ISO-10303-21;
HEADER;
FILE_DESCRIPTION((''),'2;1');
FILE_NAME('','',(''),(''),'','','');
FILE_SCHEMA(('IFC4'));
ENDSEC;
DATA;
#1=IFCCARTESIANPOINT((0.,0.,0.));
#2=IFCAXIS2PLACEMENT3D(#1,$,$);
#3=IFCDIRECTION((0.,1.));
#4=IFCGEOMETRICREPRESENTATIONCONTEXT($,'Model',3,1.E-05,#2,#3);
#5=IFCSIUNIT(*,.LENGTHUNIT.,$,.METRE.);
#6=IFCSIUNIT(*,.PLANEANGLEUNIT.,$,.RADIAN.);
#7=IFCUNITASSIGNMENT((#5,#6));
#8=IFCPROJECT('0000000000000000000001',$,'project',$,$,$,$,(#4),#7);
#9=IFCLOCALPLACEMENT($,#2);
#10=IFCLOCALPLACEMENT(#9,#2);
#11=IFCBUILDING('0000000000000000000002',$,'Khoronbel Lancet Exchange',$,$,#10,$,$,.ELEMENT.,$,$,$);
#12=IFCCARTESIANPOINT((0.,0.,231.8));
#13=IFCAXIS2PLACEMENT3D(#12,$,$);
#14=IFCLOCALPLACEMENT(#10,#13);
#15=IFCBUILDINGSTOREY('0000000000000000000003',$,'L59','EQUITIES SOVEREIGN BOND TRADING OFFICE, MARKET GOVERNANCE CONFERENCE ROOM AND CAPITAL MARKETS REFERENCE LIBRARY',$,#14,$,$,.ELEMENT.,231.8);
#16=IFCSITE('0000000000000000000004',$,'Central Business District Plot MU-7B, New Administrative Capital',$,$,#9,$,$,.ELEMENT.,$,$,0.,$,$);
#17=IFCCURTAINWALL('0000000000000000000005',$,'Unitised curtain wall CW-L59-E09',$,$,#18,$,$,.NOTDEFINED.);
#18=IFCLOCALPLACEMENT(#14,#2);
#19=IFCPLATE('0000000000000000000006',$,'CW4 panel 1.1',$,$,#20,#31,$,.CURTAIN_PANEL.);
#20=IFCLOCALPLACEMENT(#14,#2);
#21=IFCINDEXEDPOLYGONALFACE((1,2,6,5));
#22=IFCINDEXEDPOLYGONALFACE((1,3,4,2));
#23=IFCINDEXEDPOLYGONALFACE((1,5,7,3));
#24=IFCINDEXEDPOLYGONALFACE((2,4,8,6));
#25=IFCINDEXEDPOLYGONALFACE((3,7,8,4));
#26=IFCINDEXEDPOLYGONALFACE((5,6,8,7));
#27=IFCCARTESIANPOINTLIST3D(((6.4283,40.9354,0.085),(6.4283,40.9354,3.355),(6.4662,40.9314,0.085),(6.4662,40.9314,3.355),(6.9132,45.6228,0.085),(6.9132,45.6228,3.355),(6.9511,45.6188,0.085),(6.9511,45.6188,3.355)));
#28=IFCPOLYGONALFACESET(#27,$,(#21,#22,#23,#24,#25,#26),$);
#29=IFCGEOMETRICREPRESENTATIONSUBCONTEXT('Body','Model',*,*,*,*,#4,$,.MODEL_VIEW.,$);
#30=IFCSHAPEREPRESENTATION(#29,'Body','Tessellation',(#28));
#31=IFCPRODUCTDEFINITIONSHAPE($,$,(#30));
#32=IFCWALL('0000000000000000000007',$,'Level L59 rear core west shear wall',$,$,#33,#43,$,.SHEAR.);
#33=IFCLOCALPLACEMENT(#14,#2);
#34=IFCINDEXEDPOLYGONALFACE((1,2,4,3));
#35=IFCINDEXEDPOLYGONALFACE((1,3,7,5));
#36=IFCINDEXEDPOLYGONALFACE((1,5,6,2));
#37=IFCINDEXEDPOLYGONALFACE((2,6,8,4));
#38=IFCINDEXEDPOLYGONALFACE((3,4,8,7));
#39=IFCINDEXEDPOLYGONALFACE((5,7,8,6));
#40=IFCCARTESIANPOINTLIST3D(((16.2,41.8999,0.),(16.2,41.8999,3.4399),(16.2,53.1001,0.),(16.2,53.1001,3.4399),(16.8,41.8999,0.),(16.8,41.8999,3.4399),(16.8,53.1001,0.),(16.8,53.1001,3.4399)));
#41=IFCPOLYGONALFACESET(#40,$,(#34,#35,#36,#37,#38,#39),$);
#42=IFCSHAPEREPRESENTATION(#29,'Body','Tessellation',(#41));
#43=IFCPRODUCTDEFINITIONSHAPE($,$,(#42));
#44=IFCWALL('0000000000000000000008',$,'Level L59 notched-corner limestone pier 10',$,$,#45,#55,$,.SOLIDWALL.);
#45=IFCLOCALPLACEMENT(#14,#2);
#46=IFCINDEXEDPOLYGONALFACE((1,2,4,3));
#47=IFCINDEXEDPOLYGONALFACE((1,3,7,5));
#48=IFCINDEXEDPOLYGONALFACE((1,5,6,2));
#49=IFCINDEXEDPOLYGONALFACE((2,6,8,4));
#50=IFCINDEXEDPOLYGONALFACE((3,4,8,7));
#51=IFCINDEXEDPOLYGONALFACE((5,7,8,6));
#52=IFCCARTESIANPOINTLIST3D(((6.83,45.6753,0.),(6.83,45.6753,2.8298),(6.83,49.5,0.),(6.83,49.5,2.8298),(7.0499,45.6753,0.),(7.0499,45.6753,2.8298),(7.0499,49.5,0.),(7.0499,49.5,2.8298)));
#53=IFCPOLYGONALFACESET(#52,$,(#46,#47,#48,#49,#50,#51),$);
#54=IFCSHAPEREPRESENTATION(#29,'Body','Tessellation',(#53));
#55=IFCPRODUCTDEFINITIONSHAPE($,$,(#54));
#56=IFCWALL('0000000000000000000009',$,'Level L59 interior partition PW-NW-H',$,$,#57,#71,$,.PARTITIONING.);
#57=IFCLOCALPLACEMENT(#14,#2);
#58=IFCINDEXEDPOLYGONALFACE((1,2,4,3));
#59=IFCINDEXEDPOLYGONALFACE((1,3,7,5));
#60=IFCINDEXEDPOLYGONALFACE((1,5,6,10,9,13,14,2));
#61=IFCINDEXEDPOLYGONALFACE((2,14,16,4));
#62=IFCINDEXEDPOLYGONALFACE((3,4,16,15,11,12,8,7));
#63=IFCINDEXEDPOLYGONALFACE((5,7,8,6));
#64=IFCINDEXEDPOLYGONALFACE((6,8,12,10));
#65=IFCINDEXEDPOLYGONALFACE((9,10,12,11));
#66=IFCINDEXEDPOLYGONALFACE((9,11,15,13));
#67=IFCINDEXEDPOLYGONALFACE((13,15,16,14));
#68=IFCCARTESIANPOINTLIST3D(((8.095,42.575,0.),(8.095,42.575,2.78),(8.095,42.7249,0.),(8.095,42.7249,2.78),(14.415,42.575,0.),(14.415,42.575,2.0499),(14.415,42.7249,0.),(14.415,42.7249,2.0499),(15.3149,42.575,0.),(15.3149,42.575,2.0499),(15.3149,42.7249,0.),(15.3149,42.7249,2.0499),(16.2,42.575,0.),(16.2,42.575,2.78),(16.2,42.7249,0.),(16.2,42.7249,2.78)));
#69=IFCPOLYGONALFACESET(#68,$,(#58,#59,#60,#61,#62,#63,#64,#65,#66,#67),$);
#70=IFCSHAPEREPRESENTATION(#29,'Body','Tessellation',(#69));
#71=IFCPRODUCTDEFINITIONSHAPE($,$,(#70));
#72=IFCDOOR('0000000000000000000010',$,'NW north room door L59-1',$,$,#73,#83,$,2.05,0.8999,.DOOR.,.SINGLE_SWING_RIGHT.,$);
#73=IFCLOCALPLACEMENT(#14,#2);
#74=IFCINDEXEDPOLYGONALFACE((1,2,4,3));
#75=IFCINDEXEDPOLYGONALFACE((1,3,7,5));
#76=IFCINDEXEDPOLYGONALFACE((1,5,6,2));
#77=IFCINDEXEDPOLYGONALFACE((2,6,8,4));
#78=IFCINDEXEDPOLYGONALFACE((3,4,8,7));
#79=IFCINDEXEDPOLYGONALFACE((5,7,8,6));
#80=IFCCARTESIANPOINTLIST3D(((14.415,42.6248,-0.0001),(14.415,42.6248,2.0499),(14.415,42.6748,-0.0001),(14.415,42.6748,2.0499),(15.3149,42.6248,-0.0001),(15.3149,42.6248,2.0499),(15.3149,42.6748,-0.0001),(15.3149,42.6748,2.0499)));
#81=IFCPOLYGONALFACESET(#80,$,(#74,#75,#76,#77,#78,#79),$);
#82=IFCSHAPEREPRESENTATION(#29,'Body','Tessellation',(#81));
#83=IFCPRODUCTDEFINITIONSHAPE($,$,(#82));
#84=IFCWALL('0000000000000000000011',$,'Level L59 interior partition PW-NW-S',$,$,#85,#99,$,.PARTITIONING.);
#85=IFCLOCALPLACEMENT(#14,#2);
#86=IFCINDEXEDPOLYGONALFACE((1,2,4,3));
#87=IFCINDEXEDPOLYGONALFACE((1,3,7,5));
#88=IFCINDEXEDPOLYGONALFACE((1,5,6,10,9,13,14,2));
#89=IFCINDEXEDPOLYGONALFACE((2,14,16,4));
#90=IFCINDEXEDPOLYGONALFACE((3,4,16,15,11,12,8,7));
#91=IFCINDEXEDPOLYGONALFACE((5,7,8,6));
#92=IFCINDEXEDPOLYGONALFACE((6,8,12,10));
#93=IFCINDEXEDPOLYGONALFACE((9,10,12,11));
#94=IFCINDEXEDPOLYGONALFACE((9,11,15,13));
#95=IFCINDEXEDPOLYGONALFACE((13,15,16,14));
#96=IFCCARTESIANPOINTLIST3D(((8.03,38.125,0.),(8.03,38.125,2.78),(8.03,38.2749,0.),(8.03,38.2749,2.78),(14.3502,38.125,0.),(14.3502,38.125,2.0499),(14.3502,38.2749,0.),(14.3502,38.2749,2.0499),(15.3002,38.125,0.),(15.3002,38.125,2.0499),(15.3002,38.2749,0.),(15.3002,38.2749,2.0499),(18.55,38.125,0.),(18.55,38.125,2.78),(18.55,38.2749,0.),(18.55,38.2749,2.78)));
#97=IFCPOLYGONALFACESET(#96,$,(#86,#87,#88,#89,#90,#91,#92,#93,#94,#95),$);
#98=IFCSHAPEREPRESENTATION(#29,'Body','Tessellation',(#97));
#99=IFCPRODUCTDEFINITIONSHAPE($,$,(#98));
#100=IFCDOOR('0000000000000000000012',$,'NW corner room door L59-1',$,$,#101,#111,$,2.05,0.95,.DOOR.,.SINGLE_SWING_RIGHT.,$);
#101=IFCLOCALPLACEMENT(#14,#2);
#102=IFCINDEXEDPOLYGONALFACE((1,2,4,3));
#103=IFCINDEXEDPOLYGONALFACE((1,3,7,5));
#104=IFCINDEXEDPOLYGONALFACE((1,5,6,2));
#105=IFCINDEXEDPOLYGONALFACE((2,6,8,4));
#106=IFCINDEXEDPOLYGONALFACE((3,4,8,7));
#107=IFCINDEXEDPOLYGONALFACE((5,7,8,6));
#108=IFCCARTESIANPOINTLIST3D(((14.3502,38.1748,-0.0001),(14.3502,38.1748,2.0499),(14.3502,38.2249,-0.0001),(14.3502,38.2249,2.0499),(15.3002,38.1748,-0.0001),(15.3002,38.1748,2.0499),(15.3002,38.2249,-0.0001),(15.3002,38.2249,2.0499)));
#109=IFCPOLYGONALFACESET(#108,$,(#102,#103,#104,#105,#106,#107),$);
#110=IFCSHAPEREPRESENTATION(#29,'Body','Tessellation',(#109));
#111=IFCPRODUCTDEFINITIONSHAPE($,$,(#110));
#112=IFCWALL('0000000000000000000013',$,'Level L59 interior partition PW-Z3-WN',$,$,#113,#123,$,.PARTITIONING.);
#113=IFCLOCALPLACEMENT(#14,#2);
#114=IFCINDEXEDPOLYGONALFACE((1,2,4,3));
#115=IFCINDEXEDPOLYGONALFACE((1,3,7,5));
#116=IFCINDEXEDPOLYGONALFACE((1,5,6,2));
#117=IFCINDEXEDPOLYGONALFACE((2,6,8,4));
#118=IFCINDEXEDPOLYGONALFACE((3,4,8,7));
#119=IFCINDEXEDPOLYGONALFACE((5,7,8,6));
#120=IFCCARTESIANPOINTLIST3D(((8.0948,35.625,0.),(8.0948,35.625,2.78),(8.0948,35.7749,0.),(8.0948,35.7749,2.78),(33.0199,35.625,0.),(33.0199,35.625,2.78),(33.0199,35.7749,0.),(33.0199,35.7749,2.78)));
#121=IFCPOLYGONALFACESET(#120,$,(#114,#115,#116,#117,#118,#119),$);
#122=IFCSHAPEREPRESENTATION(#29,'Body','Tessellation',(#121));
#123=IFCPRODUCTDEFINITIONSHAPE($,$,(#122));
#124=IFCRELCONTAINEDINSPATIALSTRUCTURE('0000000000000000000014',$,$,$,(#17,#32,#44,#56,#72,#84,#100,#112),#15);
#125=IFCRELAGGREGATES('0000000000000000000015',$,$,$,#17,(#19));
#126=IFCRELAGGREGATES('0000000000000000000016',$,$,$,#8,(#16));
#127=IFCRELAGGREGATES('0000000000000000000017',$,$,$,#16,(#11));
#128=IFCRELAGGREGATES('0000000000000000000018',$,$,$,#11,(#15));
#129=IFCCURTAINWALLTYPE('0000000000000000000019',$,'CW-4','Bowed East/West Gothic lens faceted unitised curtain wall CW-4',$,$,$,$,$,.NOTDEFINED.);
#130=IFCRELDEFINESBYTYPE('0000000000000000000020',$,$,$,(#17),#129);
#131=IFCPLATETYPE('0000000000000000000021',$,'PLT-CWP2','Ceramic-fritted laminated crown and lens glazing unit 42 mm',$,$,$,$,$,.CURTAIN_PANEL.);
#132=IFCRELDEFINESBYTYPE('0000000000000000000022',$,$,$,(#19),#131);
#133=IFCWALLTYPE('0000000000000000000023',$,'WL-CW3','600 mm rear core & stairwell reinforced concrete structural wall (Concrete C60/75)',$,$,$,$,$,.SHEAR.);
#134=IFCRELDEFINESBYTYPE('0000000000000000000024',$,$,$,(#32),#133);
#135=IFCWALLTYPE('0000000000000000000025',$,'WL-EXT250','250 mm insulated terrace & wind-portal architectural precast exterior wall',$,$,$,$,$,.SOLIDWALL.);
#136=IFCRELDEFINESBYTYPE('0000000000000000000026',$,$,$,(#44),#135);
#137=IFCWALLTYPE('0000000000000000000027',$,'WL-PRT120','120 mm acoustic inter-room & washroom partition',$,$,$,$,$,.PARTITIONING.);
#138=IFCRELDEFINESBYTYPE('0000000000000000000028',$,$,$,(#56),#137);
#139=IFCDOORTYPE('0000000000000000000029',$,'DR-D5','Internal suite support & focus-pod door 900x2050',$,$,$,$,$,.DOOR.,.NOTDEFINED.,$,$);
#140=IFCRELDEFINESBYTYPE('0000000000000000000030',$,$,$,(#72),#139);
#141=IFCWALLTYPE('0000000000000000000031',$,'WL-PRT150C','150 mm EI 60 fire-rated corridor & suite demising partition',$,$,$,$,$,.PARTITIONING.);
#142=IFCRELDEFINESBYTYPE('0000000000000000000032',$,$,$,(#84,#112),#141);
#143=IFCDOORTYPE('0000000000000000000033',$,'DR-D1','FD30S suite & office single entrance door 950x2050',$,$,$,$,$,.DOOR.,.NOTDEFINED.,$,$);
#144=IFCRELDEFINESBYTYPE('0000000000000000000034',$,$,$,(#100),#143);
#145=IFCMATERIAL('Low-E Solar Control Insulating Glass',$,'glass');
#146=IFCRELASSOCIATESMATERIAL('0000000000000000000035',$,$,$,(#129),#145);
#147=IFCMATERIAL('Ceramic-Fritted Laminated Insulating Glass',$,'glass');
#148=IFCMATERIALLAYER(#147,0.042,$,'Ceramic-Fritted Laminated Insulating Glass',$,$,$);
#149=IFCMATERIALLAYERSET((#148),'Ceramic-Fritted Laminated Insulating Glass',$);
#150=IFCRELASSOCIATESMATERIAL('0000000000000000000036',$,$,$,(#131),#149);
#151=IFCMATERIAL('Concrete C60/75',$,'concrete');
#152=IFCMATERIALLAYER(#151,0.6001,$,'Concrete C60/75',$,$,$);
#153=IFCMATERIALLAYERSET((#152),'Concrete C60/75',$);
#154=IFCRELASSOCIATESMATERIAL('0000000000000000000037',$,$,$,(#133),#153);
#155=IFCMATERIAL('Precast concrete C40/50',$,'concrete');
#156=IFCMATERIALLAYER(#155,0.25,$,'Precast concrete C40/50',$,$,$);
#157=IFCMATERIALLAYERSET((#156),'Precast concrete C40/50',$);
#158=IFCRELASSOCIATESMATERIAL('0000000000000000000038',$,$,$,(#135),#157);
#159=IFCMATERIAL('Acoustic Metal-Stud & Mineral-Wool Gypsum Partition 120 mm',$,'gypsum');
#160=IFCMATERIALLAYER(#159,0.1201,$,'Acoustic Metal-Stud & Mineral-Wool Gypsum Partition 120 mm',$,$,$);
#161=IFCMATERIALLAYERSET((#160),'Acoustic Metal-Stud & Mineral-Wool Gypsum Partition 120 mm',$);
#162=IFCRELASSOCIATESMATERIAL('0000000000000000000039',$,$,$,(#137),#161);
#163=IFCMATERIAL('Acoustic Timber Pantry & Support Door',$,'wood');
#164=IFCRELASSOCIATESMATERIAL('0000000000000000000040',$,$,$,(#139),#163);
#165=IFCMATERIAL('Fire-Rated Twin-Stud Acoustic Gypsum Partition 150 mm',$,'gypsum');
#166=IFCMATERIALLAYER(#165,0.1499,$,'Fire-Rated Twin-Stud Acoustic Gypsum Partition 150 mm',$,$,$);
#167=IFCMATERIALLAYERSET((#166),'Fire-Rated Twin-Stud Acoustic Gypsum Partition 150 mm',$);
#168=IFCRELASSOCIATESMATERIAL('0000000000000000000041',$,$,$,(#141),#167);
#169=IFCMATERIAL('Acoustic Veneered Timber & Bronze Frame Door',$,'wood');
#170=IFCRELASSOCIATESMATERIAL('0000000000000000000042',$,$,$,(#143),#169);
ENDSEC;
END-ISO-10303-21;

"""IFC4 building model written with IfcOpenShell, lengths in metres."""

from ifc_helpers import new_model, si_unit, direction, frame, frame_2d, origin, origin_2d, place, context, subcontext, project, spatial, rectangle, extrude, material, layer, layer_set, type_object, element, fill, aggregate, save


model = new_model("IFC4")

# Units and contexts
model_context = context("Model", 3, precision=1e-05, world=origin(), true_north=direction((0.0, 1.0)))
body_context = subcontext(model_context, "Body", "Model", "MODEL_VIEW")
ifc_project = project(units=[si_unit("LENGTHUNIT", "METRE"), si_unit("PLANEANGLEUNIT", "RADIAN")], contexts=[model_context])

# Site, building, storey
site_placement = place(None, origin())
site = spatial("IfcSite", under=ifc_project, at=site_placement, Name="Central Business District Plot MU-7B, New Administrative Capital", CompositionType="ELEMENT", RefElevation=0.0)
building_placement = place(site_placement, origin())
building = spatial("IfcBuilding", under=site, at=building_placement, Name="Khoronbel Lancet Exchange", CompositionType="ELEMENT")
storey_placement = place(building_placement, frame((0.0, 0.0, 231.8)))
storey = spatial("IfcBuildingStorey", under=building, at=storey_placement, Name="L59", Description="EQUITIES SOVEREIGN BOND TRADING OFFICE, MARKET GOVERNANCE CONFERENCE ROOM AND CAPITAL MARKETS REFERENCE LIBRARY", CompositionType="ELEMENT", Elevation=231.8)

# Shared definitions
ifc_material_1 = material(Name="Low-E Solar Control Insulating Glass", Category="glass")
curtain_wall_type = type_object("IfcCurtainWallType", Name="CW-4", Description="Bowed East/West Gothic lens faceted unitised curtain wall CW-4", PredefinedType="NOTDEFINED", material=ifc_material_1)

# Curtain wall
curtain_wall_1_placement = place(storey_placement, origin())
curtain_wall_1 = element("IfcCurtainWall", 1, at=curtain_wall_1_placement, inside=storey, type_object=curtain_wall_type, Name="Unitised curtain wall CW-L59-E09", PredefinedType="NOTDEFINED")

# Plate
ifc_material_2 = material(Name="Ceramic-Fritted Laminated Insulating Glass", Category="glass")
ifc_layer_1 = layer(ifc_material_2, 0.042, Name="Ceramic-Fritted Laminated Insulating Glass")
ifc_layer_set_1 = layer_set([ifc_layer_1], Name="Ceramic-Fritted Laminated Insulating Glass")
plate_type_1 = type_object("IfcPlateType", Name="PLT-CWP2", Description="Ceramic-fritted laminated crown and lens glazing unit 42 mm", PredefinedType="CURTAIN_PANEL", material=ifc_layer_set_1)
plate_1_placement = place(storey_placement, frame((6.6897, 43.2771, 0.085), z_axis=(0.0, 0.0, 1.0), x_axis=(0.10291, 0.994691, 0.0)))
plate_1 = element("IfcPlate", 2, at=plate_1_placement, type_object=plate_type_1, Name="CW4 panel 1.1", PredefinedType="CURTAIN_PANEL", context=body_context, shape_type="SweptSolid", body=[
    extrude(rectangle(XDim=4.7124, YDim=0.0381, at=origin_2d()), origin(), (0.0, 0.0, 1.0), 3.27),
])
aggregate(curtain_wall_1, [plate_1])

# Walls
ifc_material_3 = material(Name="Concrete C60/75", Category="concrete")
ifc_layer_2 = layer(ifc_material_3, 0.6001, Name="Concrete C60/75")
ifc_layer_set_2 = layer_set([ifc_layer_2], Name="Concrete C60/75")
wall_type_1 = type_object("IfcWallType", Name="WL-CW3", Description="600 mm rear core & stairwell reinforced concrete structural wall (Concrete C60/75)", PredefinedType="SHEAR", material=ifc_layer_set_2)
wall_1_placement = place(storey_placement, frame((16.5, 41.8999, 0.0), z_axis=(0.0, 0.0, 1.0), x_axis=(0.0, 1.0, 0.0)))
element("IfcWall", 3, at=wall_1_placement, inside=storey, type_object=wall_type_1, Name="Level L59 rear core west shear wall", PredefinedType="SHEAR", context=body_context, shape_type="SweptSolid", body=[
    extrude(rectangle(XDim=11.2002, YDim=0.6001, at=frame_2d((5.6001, 0.0))), origin(), (0.0, 0.0, 1.0), 3.4399),
])
ifc_material_4 = material(Name="Precast concrete C40/50", Category="concrete")
ifc_layer_3 = layer(ifc_material_4, 0.25, Name="Precast concrete C40/50")
ifc_layer_set_3 = layer_set([ifc_layer_3], Name="Precast concrete C40/50")
wall_type_2 = type_object("IfcWallType", Name="WL-EXT250", Description="250 mm insulated terrace & wind-portal architectural precast exterior wall", PredefinedType="SOLIDWALL", material=ifc_layer_set_3)
wall_2_placement = place(storey_placement, frame((6.9399, 45.6753, 0.0), z_axis=(0.0, 0.0, 1.0), x_axis=(0.0, 1.0, 0.0)))
element("IfcWall", 4, at=wall_2_placement, inside=storey, type_object=wall_type_2, Name="Level L59 notched-corner limestone pier 10", PredefinedType="SOLIDWALL", context=body_context, shape_type="SweptSolid", body=[
    extrude(rectangle(XDim=3.8247, YDim=0.22, at=frame_2d((1.9124, 0.0))), origin(), (0.0, 0.0, 1.0), 2.8298),
])

# Walls, openings, doors
ifc_material_5 = material(Name="Acoustic Metal-Stud & Mineral-Wool Gypsum Partition 120 mm", Category="gypsum")
ifc_layer_4 = layer(ifc_material_5, 0.1201, Name="Acoustic Metal-Stud & Mineral-Wool Gypsum Partition 120 mm")
ifc_layer_set_4 = layer_set([ifc_layer_4], Name="Acoustic Metal-Stud & Mineral-Wool Gypsum Partition 120 mm")
wall_type_3 = type_object("IfcWallType", Name="WL-PRT120", Description="120 mm acoustic inter-room & washroom partition", PredefinedType="PARTITIONING", material=ifc_layer_set_4)
wall_3_placement = place(storey_placement, frame((8.095, 42.6499, 0.0), z_axis=(0.0, 0.0, 1.0), x_axis=(1.0, 0.0, 0.0)))
wall_3 = element("IfcWall", 5, at=wall_3_placement, inside=storey, type_object=wall_type_3, Name="Level L59 interior partition PW-NW-H", PredefinedType="PARTITIONING", context=body_context, shape_type="SweptSolid", body=[
    extrude(rectangle(XDim=8.105, YDim=0.1499, at=frame_2d((4.0525, 0.0))), origin(), (0.0, 0.0, 1.0), 2.78),
])
opening_1_placement = place(wall_3_placement, frame((6.3201, 0.0, 0.0)))
opening_1 = element("IfcOpeningElement", 6, at=opening_1_placement, cuts=wall_3, PredefinedType="OPENING", context=body_context, shape_type="SweptSolid", body=[
    extrude(rectangle(XDim=0.8999, YDim=2.05, at=frame_2d((0.45, 1.0249))), frame((0.0, 0.085, 0.0), z_axis=(0.0, -1.0, 0.0), x_axis=(1.0, 0.0, 0.0)), (0.0, 0.0, 1.0), 0.1699),
])
ifc_material_6 = material(Name="Acoustic Timber Pantry & Support Door", Category="wood")
door_type_1 = type_object("IfcDoorType", Name="DR-D5", Description="Internal suite support & focus-pod door 900x2050", OperationType="NOTDEFINED", PredefinedType="DOOR", material=ifc_material_6)
door_1_placement = place(opening_1_placement, origin())
door_1 = element("IfcDoor", 7, at=door_1_placement, inside=storey, type_object=door_type_1, Name="NW north room door L59-1", OperationType="SINGLE_SWING_RIGHT", OverallHeight=2.05, OverallWidth=0.8999, PredefinedType="DOOR", context=body_context, shape_type="SweptSolid", body=[
    extrude(rectangle(XDim=0.8999, YDim=2.05, at=frame_2d((0.45, 1.0249))), frame((0.0, 0.0249, 0.0), z_axis=(0.0, -1.0, 0.0), x_axis=(1.0, 0.0, 0.0)), (0.0, 0.0, 1.0), 0.05),
])
fill(opening_1, door_1)
ifc_material_7 = material(Name="Fire-Rated Twin-Stud Acoustic Gypsum Partition 150 mm", Category="gypsum")
ifc_layer_5 = layer(ifc_material_7, 0.1499, Name="Fire-Rated Twin-Stud Acoustic Gypsum Partition 150 mm")
ifc_layer_set_5 = layer_set([ifc_layer_5], Name="Fire-Rated Twin-Stud Acoustic Gypsum Partition 150 mm")
wall_type_4 = type_object("IfcWallType", Name="WL-PRT150C", Description="150 mm EI 60 fire-rated corridor & suite demising partition", PredefinedType="PARTITIONING", material=ifc_layer_set_5)
wall_4_placement = place(storey_placement, frame((8.03, 38.2, 0.0), z_axis=(0.0, 0.0, 1.0), x_axis=(1.0, 0.0, 0.0)))
wall_4 = element("IfcWall", 8, at=wall_4_placement, inside=storey, type_object=wall_type_4, Name="Level L59 interior partition PW-NW-S", PredefinedType="PARTITIONING", context=body_context, shape_type="SweptSolid", body=[
    extrude(rectangle(XDim=10.52, YDim=0.1499, at=frame_2d((5.26, 0.0))), origin(), (0.0, 0.0, 1.0), 2.78),
])
opening_2_placement = place(wall_4_placement, frame((6.3201, 0.0, 0.0)))
opening_2 = element("IfcOpeningElement", 9, at=opening_2_placement, cuts=wall_4, PredefinedType="OPENING", context=body_context, shape_type="SweptSolid", body=[
    extrude(rectangle(XDim=0.95, YDim=2.05, at=frame_2d((0.4751, 1.0249))), frame((0.0, 0.085, 0.0), z_axis=(0.0, -1.0, 0.0), x_axis=(1.0, 0.0, 0.0)), (0.0, 0.0, 1.0), 0.1699),
])
ifc_material_8 = material(Name="Acoustic Veneered Timber & Bronze Frame Door", Category="wood")
door_type_2 = type_object("IfcDoorType", Name="DR-D1", Description="FD30S suite & office single entrance door 950x2050", OperationType="NOTDEFINED", PredefinedType="DOOR", material=ifc_material_8)
door_2_placement = place(opening_2_placement, origin())
door_2 = element("IfcDoor", 10, at=door_2_placement, inside=storey, type_object=door_type_2, Name="NW corner room door L59-1", OperationType="SINGLE_SWING_RIGHT", OverallHeight=2.05, OverallWidth=0.95, PredefinedType="DOOR", context=body_context, shape_type="SweptSolid", body=[
    extrude(rectangle(XDim=0.95, YDim=2.05, at=frame_2d((0.4751, 1.0249))), frame((0.0, 0.0249, 0.0), z_axis=(0.0, -1.0, 0.0), x_axis=(1.0, 0.0, 0.0)), (0.0, 0.0, 1.0), 0.05),
])
fill(opening_2, door_2)

# Wall
wall_5_placement = place(storey_placement, frame((8.095, 35.7, 0.0), z_axis=(0.0, 0.0, 1.0), x_axis=(1.0, 0.0, 0.0)))
element("IfcWall", 11, at=wall_5_placement, inside=storey, type_object=wall_type_4, Name="Level L59 interior partition PW-Z3-WN", PredefinedType="PARTITIONING", context=body_context, shape_type="SweptSolid", body=[
    extrude(rectangle(XDim=24.925, YDim=0.1499, at=frame_2d((12.4624, 0.0))), origin(), (0.0, 0.0, 1.0), 2.78),
])

save(model, "model.ifc")
